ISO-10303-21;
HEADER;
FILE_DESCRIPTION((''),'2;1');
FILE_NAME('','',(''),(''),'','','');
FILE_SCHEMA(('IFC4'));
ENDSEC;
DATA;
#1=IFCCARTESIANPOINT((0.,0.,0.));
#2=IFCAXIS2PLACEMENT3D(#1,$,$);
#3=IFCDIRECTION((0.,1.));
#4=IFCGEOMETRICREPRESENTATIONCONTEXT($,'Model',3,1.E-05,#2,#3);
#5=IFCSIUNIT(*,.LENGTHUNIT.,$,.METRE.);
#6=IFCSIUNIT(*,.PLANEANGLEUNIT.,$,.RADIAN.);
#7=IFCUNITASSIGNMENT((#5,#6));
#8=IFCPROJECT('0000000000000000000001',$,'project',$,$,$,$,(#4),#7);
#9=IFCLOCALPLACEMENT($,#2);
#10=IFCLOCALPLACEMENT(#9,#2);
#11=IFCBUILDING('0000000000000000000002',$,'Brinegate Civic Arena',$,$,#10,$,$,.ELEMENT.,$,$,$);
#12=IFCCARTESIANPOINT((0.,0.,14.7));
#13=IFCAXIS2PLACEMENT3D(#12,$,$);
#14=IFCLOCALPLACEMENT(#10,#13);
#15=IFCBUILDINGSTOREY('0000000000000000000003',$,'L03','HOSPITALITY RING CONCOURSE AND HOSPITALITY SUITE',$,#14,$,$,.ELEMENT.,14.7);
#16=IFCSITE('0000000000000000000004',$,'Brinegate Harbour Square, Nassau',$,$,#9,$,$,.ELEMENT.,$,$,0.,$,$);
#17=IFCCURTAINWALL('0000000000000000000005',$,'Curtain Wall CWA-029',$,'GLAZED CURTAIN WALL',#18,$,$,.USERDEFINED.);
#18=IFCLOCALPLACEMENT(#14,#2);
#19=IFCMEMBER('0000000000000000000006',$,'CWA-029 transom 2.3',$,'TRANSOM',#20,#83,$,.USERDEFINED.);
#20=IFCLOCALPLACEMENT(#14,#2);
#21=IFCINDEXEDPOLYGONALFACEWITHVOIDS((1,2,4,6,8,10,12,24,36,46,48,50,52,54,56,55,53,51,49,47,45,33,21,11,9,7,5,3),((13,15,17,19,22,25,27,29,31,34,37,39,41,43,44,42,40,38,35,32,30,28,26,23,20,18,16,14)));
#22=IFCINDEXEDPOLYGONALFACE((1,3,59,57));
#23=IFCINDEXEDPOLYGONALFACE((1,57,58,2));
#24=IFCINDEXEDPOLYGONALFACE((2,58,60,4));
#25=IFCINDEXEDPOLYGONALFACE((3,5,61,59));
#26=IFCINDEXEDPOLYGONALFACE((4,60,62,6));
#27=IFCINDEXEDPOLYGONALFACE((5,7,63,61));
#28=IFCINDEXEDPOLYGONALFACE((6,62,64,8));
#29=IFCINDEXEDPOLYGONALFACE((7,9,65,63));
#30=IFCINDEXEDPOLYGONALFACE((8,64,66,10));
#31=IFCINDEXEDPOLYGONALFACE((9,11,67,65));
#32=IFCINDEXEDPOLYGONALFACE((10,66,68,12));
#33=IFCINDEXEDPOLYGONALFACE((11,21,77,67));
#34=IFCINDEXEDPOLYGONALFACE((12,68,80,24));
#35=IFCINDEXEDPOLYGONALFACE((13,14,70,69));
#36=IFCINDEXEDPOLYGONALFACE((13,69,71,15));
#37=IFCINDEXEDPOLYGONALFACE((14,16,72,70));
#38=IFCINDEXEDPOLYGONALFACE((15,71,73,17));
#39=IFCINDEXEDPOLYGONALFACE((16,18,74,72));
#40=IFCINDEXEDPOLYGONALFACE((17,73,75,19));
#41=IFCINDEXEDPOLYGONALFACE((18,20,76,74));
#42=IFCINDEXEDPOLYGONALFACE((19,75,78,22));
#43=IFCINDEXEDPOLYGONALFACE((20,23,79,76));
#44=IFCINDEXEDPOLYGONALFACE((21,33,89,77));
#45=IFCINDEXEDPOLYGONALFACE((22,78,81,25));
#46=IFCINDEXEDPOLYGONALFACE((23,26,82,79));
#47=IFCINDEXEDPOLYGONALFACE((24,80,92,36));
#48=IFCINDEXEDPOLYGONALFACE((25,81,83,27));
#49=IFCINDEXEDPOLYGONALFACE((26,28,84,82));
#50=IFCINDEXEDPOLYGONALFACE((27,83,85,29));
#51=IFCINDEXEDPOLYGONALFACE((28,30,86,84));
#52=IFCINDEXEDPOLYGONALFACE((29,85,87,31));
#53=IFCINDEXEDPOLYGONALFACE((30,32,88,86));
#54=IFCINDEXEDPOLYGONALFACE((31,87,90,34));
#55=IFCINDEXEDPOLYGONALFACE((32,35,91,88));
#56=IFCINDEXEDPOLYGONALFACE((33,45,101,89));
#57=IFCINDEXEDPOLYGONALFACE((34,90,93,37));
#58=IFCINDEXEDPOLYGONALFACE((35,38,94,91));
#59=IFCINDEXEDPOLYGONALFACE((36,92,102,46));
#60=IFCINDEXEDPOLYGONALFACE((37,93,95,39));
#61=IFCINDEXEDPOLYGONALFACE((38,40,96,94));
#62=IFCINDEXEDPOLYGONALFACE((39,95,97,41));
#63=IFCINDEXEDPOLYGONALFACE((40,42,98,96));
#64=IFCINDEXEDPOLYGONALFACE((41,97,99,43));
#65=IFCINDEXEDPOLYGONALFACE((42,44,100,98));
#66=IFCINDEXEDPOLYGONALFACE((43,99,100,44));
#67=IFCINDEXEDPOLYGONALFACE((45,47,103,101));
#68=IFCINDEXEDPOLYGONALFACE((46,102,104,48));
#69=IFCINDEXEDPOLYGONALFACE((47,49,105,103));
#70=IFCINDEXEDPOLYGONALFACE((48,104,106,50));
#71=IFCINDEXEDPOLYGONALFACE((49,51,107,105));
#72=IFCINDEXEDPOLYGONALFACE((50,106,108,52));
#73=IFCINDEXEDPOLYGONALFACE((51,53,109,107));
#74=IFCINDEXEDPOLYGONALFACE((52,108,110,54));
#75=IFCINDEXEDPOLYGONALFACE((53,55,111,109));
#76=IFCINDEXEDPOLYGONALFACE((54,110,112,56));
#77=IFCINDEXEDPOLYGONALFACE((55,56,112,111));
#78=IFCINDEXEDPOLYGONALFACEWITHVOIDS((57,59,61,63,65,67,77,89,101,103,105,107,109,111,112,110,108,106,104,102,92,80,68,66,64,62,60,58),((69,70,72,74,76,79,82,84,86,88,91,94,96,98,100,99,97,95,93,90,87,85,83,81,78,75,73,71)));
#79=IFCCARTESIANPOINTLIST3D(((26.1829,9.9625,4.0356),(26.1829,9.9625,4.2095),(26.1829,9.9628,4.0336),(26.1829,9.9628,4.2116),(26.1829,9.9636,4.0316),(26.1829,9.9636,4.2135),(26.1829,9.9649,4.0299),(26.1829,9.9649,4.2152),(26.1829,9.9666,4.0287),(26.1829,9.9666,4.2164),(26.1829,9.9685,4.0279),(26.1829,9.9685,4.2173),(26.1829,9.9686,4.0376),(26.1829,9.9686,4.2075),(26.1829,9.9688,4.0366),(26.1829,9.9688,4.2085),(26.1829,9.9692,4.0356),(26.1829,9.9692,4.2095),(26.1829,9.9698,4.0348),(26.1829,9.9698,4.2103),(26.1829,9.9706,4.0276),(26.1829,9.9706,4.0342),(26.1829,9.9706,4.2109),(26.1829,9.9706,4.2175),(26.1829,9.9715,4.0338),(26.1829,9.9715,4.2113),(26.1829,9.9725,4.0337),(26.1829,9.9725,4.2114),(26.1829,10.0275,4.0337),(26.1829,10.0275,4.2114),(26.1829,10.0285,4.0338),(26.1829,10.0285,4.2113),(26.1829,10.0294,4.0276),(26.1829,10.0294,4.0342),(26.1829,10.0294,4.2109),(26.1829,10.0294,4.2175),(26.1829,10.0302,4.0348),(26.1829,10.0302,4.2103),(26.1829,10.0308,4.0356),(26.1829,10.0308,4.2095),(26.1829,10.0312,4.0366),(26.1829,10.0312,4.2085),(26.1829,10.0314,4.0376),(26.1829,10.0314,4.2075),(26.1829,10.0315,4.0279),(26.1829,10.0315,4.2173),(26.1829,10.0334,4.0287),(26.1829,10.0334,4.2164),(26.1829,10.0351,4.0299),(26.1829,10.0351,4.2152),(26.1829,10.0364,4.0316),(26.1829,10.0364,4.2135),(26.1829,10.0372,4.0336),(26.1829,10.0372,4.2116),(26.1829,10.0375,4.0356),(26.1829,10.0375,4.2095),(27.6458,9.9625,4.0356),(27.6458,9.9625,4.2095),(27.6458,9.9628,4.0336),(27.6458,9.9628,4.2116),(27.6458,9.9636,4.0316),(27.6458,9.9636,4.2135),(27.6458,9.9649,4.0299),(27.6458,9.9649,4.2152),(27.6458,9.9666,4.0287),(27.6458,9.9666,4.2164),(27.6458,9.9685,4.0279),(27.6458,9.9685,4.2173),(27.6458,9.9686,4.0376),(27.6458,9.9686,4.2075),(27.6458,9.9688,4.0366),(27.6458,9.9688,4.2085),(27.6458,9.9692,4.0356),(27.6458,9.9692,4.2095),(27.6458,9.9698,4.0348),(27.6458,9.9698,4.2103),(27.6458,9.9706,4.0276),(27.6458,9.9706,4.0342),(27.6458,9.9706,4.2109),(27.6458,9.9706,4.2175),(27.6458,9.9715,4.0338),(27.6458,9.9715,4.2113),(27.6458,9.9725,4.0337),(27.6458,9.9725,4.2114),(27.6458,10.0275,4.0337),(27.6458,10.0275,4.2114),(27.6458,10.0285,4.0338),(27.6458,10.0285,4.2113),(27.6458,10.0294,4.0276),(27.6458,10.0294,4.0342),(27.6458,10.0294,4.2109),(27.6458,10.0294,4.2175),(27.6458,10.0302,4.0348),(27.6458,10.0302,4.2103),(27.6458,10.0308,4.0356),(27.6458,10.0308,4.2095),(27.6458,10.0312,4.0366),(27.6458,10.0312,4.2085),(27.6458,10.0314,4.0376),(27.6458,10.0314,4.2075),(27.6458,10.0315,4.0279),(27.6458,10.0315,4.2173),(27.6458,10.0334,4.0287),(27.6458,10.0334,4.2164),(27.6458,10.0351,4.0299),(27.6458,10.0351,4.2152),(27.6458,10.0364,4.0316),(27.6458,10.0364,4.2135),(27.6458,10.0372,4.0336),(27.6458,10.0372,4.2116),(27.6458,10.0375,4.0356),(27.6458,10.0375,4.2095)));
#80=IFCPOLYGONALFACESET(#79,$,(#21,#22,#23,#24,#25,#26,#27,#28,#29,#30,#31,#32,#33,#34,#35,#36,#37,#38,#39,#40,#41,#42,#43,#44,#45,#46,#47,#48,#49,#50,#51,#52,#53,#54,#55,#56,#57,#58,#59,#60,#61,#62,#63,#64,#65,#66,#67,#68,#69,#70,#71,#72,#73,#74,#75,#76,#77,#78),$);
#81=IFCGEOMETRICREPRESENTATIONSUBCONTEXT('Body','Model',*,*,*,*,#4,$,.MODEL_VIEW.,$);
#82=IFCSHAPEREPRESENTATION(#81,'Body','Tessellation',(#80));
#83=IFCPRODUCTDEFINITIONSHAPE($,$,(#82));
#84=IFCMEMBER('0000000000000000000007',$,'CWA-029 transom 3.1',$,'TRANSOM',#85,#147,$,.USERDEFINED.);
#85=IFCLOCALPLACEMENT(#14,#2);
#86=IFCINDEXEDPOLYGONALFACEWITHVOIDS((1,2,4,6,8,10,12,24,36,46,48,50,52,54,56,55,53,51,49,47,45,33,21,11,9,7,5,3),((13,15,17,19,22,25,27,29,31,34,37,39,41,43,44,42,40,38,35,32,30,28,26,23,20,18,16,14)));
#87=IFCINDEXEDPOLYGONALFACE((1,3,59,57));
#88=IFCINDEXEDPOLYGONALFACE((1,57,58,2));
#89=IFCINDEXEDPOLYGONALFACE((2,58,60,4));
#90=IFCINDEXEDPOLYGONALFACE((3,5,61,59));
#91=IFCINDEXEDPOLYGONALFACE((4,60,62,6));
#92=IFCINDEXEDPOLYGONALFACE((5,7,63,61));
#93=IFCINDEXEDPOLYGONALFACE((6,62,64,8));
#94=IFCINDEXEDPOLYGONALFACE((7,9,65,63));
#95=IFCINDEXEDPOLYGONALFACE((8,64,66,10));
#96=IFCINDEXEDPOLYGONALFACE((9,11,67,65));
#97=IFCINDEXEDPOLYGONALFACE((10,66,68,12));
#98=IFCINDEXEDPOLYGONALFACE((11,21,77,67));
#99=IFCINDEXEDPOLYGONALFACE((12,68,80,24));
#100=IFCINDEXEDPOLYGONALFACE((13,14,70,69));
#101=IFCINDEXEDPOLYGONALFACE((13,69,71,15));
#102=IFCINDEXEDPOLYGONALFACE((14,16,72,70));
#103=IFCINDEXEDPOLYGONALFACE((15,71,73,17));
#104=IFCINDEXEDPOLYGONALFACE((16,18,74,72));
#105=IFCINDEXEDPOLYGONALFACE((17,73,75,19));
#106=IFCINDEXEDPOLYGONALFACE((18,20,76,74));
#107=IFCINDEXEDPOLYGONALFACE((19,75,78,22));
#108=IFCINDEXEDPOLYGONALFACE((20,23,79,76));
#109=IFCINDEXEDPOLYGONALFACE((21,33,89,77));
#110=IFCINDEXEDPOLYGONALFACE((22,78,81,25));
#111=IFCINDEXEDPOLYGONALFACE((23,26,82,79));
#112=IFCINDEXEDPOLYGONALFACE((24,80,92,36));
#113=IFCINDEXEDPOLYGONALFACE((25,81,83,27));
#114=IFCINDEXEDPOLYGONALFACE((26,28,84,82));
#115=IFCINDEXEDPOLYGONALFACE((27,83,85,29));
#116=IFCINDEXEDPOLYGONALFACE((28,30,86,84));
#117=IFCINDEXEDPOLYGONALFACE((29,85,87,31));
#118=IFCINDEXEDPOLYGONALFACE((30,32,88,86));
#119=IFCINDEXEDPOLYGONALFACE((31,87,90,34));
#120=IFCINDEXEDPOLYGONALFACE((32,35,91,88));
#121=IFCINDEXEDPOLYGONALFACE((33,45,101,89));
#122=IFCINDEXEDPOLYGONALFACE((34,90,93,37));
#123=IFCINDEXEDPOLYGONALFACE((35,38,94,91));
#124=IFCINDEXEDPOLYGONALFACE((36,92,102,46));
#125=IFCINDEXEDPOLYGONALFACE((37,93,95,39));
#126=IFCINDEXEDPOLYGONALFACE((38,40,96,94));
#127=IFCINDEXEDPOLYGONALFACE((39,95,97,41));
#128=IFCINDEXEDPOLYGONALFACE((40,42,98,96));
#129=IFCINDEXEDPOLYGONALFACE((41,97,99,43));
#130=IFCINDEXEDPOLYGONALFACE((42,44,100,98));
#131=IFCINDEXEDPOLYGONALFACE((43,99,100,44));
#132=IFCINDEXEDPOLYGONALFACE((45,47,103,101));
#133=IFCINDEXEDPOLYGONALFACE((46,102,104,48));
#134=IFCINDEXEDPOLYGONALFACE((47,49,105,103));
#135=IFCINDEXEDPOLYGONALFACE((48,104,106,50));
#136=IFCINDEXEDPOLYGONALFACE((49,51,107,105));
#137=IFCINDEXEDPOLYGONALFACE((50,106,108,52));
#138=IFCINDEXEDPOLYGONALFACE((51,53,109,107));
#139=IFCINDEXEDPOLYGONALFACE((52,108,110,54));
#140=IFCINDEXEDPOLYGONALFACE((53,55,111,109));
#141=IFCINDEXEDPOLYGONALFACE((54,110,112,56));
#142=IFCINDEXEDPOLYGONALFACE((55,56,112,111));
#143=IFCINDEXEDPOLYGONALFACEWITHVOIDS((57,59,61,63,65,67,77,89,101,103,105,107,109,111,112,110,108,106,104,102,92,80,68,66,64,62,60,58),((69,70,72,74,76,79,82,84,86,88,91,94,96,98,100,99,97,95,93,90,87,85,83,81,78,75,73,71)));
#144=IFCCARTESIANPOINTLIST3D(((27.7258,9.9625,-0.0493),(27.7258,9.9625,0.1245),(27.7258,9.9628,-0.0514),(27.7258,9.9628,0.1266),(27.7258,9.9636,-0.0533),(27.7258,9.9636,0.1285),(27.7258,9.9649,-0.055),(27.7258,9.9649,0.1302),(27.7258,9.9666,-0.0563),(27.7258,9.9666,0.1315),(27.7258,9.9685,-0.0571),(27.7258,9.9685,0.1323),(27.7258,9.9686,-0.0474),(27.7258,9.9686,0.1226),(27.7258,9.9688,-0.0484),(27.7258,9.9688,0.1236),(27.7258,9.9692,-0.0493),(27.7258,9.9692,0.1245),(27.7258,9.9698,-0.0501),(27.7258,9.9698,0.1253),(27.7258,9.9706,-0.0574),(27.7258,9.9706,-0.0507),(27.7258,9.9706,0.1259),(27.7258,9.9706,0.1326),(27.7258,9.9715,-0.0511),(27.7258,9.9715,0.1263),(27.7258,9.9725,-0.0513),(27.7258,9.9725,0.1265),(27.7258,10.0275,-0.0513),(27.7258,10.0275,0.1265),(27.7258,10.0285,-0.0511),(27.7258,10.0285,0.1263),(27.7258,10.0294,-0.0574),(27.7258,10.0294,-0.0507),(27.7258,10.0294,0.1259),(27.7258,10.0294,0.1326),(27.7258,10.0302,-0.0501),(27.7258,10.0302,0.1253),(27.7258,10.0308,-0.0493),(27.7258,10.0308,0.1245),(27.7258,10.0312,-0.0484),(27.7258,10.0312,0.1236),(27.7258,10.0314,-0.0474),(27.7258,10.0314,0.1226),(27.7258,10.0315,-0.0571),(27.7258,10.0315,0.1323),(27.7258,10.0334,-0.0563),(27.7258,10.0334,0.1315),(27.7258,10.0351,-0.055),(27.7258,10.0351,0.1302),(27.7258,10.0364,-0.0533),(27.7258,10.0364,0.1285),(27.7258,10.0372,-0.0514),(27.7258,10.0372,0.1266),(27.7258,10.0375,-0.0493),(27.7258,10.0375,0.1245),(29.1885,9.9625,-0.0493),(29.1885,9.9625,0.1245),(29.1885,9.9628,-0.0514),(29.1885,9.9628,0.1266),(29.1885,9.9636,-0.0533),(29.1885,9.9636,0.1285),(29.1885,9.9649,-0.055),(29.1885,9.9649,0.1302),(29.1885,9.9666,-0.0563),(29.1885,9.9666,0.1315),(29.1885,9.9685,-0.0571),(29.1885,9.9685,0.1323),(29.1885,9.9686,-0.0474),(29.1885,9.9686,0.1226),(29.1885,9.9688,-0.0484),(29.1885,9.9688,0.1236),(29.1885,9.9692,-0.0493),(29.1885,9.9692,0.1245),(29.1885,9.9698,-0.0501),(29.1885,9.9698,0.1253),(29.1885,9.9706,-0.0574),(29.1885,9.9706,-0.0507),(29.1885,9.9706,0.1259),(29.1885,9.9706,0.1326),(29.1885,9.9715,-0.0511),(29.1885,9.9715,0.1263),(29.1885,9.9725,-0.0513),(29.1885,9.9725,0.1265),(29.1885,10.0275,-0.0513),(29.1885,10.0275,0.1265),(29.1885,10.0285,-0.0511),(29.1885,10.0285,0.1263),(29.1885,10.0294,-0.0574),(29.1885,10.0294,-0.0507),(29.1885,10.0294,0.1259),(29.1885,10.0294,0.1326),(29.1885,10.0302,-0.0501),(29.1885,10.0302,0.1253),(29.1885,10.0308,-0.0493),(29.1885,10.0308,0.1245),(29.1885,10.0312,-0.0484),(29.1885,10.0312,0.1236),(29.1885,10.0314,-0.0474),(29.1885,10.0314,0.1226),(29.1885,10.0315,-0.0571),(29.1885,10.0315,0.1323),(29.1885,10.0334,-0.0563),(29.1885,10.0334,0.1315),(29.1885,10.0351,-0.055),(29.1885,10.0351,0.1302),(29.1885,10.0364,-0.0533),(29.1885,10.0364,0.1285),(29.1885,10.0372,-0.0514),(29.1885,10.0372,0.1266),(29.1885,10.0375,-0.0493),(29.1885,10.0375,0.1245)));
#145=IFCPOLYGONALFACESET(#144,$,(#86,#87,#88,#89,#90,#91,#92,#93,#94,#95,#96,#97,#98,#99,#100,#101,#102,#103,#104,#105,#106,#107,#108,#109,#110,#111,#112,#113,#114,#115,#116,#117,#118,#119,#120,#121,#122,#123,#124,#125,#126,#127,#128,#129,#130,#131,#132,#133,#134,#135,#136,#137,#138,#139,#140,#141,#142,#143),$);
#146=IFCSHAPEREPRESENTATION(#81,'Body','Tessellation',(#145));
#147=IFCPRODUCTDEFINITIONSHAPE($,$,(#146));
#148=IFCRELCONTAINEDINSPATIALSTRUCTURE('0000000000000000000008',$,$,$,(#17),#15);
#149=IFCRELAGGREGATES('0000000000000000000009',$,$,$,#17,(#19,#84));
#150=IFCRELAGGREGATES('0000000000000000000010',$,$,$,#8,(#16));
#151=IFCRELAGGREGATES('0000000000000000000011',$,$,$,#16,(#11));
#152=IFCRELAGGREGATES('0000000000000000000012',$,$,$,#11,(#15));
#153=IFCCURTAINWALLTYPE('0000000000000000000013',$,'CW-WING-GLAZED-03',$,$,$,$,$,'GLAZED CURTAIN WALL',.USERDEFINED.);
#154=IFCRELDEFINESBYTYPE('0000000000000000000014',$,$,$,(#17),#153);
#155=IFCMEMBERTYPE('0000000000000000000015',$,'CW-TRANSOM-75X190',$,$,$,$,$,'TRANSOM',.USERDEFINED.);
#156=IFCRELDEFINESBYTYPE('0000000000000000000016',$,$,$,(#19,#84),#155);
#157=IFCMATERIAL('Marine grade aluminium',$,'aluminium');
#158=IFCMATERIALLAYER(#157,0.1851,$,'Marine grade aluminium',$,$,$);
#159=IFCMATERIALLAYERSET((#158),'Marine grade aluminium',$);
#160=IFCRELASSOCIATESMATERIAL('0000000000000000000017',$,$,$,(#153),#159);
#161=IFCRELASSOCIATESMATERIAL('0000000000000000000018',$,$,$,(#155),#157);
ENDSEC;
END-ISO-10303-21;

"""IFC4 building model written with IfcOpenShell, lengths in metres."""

from ifc_helpers import new_model, si_unit, direction, frame, origin, origin_2d, place, context, subcontext, project, spatial, hollow_rectangle, extrude, material, layer, layer_set, material_profile, profile_set, type_object, element, aggregate, save


model = new_model("IFC4")

# Units and contexts
model_context = context("Model", 3, precision=1e-05, world=origin(), true_north=direction((0.0, 1.0)))
body_context = subcontext(model_context, "Body", "Model", "MODEL_VIEW")
ifc_project = project(units=[si_unit("LENGTHUNIT", "METRE"), si_unit("PLANEANGLEUNIT", "RADIAN")], contexts=[model_context])

# Site, building, storey
site_placement = place(None, origin())
site = spatial("IfcSite", under=ifc_project, at=site_placement, Name="Brinegate Harbour Square, Nassau", CompositionType="ELEMENT", RefElevation=0.0)
building_placement = place(site_placement, origin())
building = spatial("IfcBuilding", under=site, at=building_placement, Name="Brinegate Civic Arena", CompositionType="ELEMENT")
storey_placement = place(building_placement, frame((0.0, 0.0, 14.7)))
storey = spatial("IfcBuildingStorey", under=building, at=storey_placement, Name="L03", Description="HOSPITALITY RING CONCOURSE AND HOSPITALITY SUITE", CompositionType="ELEMENT", Elevation=14.7)

# Curtain wall, members
ifc_material_1 = material(Name="Marine grade aluminium", Category="aluminium")
ifc_layer_1 = layer(ifc_material_1, 0.1851, Name="Marine grade aluminium")
ifc_layer_set_1 = layer_set([ifc_layer_1], Name="Marine grade aluminium")
curtain_wall_type = type_object("IfcCurtainWallType", Name="CW-WING-GLAZED-03", ElementType="GLAZED CURTAIN WALL", PredefinedType="USERDEFINED", material=ifc_layer_set_1)
curtain_wall_placement = place(storey_placement, origin())
curtain_wall = element("IfcCurtainWall", 1, at=curtain_wall_placement, inside=storey, type_object=curtain_wall_type, Name="Curtain Wall CWA-029", ObjectType="GLAZED CURTAIN WALL", PredefinedType="USERDEFINED")
ifc_material_profile_1 = material_profile(ifc_material_1, hollow_rectangle(XDim=0.075, YDim=0.1899, WallThickness=0.0061, InnerFilletRadius=0.0039, OuterFilletRadius=0.0081, at=origin_2d()), Name="TRN75X190")
ifc_profile_set_1 = profile_set([ifc_material_profile_1], Name="Marine grade aluminium")
member_type_1 = type_object("IfcMemberType", Name="CW-TRANSOM-75X190", ElementType="TRANSOM", PredefinedType="USERDEFINED", material=ifc_profile_set_1)
member_1_placement = place(storey_placement, frame((26.1829, 10.0, 4.1226), z_axis=(1.0, 0.0, 0.0), x_axis=(0.0, 1.0, 0.0)))
member_1 = element("IfcMember", 2, at=member_1_placement, type_object=member_type_1, Name="CWA-029 transom 2.3", ObjectType="TRANSOM", PredefinedType="USERDEFINED", context=body_context, shape_type="SweptSolid", body=[
    extrude(hollow_rectangle(XDim=0.075, YDim=0.1899, WallThickness=0.0061, InnerFilletRadius=0.0039, OuterFilletRadius=0.0081, at=origin_2d()), origin(), (0.0, 0.0, 1.0), 1.4629),
])
member_2_placement = place(storey_placement, frame((27.7258, 10.0, 0.0376), z_axis=(1.0, 0.0, 0.0), x_axis=(0.0, 1.0, 0.0)))
member_2 = element("IfcMember", 3, at=member_2_placement, type_object=member_type_1, Name="CWA-029 transom 3.1", ObjectType="TRANSOM", PredefinedType="USERDEFINED", context=body_context, shape_type="SweptSolid", body=[
    extrude(hollow_rectangle(XDim=0.075, YDim=0.1899, WallThickness=0.0061, InnerFilletRadius=0.0039, OuterFilletRadius=0.0081, at=origin_2d()), origin(), (0.0, 0.0, 1.0), 1.4626),
])
aggregate(curtain_wall, [member_1, member_2])

save(model, "model.ifc")
